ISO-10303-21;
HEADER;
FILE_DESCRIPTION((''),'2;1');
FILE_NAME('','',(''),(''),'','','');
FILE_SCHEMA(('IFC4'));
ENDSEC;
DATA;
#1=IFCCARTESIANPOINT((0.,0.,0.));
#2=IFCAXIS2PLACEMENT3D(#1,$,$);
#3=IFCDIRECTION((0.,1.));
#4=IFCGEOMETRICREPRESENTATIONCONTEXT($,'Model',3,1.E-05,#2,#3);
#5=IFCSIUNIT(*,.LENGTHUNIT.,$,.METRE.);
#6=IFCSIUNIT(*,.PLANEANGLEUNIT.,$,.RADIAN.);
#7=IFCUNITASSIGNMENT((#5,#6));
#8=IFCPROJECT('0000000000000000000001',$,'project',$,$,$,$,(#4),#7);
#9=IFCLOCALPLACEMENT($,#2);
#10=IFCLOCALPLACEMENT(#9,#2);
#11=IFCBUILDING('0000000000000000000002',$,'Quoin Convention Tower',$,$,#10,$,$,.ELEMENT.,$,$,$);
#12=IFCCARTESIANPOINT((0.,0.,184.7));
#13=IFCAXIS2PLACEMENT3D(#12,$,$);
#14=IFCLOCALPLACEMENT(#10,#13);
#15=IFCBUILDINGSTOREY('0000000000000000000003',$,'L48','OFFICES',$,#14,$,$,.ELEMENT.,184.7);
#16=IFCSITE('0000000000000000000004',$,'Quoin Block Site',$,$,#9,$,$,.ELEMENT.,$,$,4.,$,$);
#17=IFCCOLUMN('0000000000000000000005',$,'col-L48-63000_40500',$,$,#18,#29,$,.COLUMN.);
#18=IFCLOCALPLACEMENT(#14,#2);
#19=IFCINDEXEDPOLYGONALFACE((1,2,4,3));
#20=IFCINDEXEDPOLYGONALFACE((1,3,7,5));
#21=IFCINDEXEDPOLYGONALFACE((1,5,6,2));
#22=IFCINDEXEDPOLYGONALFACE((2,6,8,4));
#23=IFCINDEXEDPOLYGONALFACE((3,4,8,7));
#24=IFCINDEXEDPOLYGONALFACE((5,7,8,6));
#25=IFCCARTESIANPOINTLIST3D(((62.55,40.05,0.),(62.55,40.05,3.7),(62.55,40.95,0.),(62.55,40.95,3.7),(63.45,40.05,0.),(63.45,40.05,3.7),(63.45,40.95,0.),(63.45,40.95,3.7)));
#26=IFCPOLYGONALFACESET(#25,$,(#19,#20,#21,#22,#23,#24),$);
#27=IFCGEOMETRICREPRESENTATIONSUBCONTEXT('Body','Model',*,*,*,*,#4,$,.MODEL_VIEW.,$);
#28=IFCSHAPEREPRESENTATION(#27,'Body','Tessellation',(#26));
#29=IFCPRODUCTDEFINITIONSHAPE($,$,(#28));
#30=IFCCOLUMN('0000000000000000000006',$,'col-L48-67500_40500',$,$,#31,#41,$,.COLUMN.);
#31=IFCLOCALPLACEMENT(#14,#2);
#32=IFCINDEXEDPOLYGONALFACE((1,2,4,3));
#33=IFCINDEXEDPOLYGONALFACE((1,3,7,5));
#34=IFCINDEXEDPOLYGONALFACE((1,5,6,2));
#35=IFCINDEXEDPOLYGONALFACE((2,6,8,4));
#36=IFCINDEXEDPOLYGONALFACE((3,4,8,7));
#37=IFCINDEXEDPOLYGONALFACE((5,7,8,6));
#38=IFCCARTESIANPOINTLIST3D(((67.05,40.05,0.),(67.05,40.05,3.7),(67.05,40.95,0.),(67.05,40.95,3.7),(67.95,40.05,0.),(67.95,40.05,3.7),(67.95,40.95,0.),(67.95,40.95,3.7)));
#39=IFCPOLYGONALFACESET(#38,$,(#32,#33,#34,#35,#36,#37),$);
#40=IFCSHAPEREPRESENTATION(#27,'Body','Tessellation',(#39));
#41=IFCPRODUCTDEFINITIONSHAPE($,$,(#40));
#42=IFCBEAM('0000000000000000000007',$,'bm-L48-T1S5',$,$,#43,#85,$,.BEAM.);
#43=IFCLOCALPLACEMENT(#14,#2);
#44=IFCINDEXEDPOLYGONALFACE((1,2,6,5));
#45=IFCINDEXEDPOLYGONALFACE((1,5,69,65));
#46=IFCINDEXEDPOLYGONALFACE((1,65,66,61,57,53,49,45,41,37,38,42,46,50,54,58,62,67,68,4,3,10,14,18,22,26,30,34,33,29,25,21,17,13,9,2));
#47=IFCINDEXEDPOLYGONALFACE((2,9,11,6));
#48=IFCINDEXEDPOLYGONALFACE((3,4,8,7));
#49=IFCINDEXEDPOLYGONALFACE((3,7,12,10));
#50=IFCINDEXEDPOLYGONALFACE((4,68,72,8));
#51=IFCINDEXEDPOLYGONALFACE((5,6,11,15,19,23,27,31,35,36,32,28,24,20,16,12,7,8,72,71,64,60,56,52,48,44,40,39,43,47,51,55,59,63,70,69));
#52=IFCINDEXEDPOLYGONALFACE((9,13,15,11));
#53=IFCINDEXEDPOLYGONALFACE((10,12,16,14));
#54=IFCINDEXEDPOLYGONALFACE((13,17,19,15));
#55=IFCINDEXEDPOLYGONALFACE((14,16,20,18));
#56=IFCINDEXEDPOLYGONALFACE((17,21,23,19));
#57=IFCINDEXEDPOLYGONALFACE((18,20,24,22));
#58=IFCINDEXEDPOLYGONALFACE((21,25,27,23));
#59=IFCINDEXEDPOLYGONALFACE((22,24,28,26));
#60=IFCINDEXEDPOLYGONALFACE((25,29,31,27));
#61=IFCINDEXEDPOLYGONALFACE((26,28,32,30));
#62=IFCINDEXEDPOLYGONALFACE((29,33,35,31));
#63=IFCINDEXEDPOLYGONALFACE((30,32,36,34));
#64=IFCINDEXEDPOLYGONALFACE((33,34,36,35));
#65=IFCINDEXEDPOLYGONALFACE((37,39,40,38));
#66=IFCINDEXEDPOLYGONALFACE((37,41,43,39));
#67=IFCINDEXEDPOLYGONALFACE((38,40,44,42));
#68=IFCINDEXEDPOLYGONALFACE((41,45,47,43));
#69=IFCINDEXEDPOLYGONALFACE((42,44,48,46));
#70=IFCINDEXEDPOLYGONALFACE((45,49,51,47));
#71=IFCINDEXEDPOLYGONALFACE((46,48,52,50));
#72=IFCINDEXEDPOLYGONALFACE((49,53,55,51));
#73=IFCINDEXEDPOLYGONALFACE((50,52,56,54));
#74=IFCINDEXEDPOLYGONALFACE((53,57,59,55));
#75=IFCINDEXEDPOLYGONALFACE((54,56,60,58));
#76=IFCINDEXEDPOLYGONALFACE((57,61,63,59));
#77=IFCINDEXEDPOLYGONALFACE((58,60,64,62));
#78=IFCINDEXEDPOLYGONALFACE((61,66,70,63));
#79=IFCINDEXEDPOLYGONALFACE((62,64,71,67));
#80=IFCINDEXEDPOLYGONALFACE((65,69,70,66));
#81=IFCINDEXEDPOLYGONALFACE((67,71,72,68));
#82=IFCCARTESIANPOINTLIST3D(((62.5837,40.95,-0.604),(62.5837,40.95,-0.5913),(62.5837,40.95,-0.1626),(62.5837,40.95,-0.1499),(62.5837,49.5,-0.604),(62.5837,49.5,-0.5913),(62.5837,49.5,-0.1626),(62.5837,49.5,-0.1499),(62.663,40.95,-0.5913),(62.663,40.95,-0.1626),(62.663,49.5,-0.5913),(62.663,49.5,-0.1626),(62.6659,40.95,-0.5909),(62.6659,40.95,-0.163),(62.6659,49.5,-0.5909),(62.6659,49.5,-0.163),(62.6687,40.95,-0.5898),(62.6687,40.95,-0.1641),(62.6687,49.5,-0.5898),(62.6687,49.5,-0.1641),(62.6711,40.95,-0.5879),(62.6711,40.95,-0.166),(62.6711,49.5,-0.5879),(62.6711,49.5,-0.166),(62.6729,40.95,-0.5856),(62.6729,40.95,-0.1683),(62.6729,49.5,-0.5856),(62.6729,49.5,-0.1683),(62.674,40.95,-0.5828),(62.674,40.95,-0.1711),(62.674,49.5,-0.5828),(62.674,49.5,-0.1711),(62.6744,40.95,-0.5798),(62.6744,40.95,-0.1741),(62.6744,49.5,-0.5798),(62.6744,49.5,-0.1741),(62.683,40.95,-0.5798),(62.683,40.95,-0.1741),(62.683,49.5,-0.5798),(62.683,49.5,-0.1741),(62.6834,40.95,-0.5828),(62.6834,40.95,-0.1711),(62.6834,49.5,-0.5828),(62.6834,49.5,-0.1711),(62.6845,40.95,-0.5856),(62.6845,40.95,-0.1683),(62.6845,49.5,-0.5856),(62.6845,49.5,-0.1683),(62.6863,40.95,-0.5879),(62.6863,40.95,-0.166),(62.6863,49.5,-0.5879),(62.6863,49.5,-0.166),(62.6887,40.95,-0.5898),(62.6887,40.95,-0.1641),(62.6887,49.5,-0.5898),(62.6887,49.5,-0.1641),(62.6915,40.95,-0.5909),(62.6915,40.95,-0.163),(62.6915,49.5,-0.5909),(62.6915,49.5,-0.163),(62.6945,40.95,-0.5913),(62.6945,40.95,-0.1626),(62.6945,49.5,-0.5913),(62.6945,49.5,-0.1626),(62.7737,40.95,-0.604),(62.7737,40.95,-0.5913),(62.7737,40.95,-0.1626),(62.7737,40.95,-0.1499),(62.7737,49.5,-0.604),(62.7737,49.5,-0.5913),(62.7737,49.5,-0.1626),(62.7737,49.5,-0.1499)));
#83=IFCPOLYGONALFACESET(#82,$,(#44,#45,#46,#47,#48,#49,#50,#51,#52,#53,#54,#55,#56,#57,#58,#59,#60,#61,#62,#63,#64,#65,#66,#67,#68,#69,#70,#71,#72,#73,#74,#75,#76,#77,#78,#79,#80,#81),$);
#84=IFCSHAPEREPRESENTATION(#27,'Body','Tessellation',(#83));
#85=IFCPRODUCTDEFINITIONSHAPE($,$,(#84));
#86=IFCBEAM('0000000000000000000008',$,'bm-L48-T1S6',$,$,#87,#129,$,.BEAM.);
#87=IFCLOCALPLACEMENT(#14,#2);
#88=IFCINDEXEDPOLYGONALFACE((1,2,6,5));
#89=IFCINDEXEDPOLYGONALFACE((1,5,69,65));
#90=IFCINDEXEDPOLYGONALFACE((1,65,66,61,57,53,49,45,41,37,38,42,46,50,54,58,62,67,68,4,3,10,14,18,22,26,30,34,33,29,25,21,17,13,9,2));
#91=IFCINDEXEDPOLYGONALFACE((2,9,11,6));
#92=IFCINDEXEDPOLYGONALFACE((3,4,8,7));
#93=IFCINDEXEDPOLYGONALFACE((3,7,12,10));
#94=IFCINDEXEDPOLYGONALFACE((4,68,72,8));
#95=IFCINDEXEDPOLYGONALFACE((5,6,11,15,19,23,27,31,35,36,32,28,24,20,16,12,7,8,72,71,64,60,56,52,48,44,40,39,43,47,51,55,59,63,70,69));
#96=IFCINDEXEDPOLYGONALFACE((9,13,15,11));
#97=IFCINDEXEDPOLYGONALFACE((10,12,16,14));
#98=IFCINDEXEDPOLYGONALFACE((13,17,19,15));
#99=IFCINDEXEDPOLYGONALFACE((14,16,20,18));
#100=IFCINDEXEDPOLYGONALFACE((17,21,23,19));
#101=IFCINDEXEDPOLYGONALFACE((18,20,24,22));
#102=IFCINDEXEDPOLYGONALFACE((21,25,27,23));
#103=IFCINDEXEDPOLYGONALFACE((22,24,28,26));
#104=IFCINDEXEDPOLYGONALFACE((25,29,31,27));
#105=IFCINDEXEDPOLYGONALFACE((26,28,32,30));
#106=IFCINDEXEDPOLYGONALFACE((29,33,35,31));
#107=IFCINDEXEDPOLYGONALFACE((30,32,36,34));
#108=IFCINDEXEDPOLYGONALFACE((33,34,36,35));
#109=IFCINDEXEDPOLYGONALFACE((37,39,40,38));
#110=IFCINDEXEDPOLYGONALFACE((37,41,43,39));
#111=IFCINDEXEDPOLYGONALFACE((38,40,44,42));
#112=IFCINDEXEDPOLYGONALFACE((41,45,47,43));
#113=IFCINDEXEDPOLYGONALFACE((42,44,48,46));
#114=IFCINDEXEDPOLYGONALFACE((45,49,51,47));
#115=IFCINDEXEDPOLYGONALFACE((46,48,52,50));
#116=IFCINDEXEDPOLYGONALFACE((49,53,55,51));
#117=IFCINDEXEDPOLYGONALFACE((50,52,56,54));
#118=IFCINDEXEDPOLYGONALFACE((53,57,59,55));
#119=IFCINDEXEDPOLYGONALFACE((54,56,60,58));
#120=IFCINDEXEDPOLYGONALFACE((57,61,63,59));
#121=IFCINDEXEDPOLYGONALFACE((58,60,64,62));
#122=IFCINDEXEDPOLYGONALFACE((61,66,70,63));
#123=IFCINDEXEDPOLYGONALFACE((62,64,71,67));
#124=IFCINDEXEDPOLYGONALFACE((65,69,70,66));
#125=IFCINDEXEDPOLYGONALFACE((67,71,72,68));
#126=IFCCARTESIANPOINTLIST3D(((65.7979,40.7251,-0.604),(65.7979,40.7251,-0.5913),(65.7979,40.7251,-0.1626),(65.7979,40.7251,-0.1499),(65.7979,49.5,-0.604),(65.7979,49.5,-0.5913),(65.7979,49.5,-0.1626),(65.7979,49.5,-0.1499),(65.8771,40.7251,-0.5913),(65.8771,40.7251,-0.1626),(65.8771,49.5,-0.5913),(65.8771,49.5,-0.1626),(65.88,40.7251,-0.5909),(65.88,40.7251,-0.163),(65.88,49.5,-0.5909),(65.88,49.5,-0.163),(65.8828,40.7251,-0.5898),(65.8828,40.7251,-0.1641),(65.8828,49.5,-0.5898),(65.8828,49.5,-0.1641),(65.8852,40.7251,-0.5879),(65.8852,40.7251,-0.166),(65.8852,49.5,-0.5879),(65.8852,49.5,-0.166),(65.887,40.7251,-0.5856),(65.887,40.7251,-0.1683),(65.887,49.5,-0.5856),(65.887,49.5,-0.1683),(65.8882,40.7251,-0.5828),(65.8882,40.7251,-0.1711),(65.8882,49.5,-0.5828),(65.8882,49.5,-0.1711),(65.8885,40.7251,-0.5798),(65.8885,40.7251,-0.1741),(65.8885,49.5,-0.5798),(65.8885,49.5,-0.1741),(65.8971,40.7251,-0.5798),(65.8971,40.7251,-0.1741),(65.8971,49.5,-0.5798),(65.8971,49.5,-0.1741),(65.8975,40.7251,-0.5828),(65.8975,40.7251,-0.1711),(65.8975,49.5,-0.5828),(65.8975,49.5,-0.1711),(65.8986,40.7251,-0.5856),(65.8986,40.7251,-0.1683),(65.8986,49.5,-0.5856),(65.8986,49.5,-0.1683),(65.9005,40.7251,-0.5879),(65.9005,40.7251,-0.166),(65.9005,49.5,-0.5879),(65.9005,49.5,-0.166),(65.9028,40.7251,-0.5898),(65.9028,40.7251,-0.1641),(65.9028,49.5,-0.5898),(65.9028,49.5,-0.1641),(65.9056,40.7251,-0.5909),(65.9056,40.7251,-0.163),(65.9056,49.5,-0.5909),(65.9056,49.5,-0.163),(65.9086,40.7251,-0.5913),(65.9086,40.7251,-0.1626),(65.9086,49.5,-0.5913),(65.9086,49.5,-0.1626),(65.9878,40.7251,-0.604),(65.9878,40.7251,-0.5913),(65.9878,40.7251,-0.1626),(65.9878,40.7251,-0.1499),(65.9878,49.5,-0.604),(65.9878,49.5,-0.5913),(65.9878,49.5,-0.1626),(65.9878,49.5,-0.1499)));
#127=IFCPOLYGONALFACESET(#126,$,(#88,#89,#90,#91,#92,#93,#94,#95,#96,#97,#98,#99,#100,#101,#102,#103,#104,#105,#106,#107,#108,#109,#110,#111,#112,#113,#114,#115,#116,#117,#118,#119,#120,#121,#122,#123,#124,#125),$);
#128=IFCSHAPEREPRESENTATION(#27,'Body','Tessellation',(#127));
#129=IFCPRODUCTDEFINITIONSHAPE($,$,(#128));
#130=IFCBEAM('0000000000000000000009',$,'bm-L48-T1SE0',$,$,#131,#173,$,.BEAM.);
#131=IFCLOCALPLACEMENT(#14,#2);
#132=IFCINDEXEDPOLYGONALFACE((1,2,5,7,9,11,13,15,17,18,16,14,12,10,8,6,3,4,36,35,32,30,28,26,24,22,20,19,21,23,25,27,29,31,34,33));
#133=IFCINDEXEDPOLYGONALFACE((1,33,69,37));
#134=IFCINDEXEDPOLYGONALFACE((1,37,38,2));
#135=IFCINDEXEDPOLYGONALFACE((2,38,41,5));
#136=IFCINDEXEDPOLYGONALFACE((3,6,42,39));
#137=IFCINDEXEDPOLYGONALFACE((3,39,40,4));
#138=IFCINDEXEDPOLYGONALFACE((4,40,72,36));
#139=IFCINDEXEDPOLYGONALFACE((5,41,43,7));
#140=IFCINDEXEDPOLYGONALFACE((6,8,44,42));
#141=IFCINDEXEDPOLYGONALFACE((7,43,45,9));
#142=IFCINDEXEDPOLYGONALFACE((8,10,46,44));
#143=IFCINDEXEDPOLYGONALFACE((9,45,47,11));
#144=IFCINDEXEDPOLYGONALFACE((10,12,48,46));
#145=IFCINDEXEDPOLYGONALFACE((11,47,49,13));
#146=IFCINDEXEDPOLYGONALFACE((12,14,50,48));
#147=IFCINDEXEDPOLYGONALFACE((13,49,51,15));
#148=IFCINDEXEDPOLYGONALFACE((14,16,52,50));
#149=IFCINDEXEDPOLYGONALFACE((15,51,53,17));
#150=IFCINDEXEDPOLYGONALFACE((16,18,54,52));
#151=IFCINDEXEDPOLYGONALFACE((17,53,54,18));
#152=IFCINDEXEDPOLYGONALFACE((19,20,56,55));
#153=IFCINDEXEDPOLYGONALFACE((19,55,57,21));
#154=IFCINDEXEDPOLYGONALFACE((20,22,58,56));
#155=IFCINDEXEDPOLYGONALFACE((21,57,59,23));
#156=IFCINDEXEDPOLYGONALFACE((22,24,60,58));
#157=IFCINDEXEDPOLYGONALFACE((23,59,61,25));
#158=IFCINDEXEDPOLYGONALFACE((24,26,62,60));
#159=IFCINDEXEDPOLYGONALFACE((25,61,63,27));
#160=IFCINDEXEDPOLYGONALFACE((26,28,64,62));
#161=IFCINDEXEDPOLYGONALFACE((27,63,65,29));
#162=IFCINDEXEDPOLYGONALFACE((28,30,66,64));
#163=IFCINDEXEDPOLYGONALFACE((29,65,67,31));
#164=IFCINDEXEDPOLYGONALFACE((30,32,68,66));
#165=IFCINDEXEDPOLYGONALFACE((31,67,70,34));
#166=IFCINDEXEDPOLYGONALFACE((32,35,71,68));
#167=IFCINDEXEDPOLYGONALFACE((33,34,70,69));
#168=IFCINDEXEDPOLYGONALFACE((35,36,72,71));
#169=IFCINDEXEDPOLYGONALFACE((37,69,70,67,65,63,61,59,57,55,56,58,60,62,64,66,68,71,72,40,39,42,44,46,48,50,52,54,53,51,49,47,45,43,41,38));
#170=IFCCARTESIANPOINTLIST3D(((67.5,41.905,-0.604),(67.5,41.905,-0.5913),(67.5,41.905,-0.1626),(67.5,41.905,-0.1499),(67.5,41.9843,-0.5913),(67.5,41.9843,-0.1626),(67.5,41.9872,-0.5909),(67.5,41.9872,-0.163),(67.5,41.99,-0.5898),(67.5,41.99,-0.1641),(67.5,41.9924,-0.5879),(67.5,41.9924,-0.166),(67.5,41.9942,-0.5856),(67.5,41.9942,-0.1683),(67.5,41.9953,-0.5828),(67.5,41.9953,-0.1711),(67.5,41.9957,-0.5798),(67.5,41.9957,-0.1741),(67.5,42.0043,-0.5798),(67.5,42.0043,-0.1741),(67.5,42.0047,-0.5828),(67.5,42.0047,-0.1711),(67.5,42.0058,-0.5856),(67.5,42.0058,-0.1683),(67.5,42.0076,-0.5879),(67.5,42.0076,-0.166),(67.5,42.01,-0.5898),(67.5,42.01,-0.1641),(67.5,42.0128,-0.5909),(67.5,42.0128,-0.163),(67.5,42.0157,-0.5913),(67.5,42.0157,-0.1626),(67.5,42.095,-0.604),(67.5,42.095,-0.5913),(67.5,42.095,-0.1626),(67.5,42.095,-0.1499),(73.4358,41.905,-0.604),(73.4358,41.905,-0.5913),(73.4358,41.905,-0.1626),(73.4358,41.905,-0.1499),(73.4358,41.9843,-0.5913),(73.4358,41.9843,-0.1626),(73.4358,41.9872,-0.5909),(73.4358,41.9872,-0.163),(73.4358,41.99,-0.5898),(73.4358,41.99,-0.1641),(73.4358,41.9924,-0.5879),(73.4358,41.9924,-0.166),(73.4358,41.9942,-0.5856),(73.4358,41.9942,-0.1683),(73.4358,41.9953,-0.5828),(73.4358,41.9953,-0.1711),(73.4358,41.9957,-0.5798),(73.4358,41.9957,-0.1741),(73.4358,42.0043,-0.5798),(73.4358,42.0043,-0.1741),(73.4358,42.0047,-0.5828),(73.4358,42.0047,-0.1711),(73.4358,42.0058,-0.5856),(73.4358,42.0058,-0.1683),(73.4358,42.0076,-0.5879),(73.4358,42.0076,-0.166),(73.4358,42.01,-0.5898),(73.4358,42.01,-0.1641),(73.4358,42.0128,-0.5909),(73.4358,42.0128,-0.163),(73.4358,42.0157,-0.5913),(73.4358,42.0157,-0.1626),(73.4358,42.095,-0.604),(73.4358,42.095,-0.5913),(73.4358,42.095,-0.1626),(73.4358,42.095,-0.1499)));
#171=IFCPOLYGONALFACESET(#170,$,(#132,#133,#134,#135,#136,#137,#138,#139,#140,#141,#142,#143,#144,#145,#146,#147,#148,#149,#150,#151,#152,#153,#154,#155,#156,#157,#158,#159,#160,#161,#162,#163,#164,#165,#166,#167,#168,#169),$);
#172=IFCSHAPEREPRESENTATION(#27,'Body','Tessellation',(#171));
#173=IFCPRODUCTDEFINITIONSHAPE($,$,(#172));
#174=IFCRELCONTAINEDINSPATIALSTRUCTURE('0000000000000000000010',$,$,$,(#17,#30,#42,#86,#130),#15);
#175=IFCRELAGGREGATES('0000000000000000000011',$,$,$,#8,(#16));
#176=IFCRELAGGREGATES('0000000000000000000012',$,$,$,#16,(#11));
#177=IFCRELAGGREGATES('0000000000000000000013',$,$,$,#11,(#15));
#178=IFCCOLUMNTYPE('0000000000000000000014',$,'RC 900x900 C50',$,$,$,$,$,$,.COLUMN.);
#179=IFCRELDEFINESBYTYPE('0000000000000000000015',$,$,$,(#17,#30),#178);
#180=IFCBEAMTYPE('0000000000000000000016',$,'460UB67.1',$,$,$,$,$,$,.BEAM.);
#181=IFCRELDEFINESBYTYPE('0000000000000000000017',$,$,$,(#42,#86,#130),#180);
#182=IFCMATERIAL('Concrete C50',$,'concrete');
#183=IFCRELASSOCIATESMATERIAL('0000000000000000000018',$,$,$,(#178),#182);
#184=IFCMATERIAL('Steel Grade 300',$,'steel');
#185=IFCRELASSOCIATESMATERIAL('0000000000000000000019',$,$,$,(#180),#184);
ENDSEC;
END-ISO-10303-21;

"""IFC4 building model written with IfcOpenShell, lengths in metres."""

from ifc_helpers import new_model, si_unit, direction, frame, origin, origin_2d, place, context, subcontext, project, spatial, rectangle, i_section, extrude, material, material_profile, profile_set, type_object, element, save


model = new_model("IFC4")

# Units and contexts
model_context = context("Model", 3, precision=1e-05, world=origin(), true_north=direction((0.0, 1.0)))
body_context = subcontext(model_context, "Body", "Model", "MODEL_VIEW")
ifc_project = project(units=[si_unit("LENGTHUNIT", "METRE"), si_unit("PLANEANGLEUNIT", "RADIAN")], contexts=[model_context])

# Site, building, storey
site_placement = place(None, origin())
site = spatial("IfcSite", under=ifc_project, at=site_placement, Name="Quoin Block Site", CompositionType="ELEMENT", RefElevation=4.0)
building_placement = place(site_placement, origin())
building = spatial("IfcBuilding", under=site, at=building_placement, Name="Quoin Convention Tower", CompositionType="ELEMENT")
storey_placement = place(building_placement, frame((0.0, 0.0, 184.7)))
storey = spatial("IfcBuildingStorey", under=building, at=storey_placement, Name="L48", Description="OFFICES", CompositionType="ELEMENT", Elevation=184.7)

# Columns
ifc_material_1 = material(Name="Concrete C50", Category="concrete")
ifc_material_profile_1 = material_profile(ifc_material_1, rectangle(XDim=0.8999, YDim=0.8999, at=origin_2d()), Name="RC 900x900")
ifc_profile_set_1 = profile_set([ifc_material_profile_1], Name="Concrete C50")
column_type = type_object("IfcColumnType", Name="RC 900x900 C50", PredefinedType="COLUMN", material=ifc_profile_set_1)
for number, where, z_axis, x_axis, name in (
    (1, (63.0, 40.5, 0.0), (0.0, 0.0, 1.0), (1.0, 0.0, 0.0), "col-L48-63000_40500"),
    (2, (67.5, 40.5, 0.0), (0.0, 0.0, 1.0), (1.0, 0.0, 0.0), "col-L48-67500_40500"),
):
    element("IfcColumn", number, at=place(storey_placement, frame(where, z_axis=z_axis, x_axis=x_axis)), inside=storey, type_object=column_type, Name=name, PredefinedType="COLUMN", context=body_context, shape_type="SweptSolid", body=[
        extrude(rectangle(XDim=0.8999, YDim=0.8999, at=origin_2d()), origin(), (0.0, 0.0, 1.0), 3.7),
    ])

# Beams
ifc_material_2 = material(Name="Steel Grade 300", Category="steel")
ifc_material_profile_2 = material_profile(ifc_material_2, i_section(OverallWidth=0.1899, OverallDepth=0.4541, WebThickness=0.0085, FlangeThickness=0.0127, FilletRadius=0.0115, at=origin_2d()), Name="460UB67.1")
ifc_profile_set_2 = profile_set([ifc_material_profile_2], Name="Steel Grade 300")
beam_type_1 = type_object("IfcBeamType", Name="460UB67.1", PredefinedType="BEAM", material=ifc_profile_set_2)
beam_1_placement = place(storey_placement, frame((62.6787, 40.95, -0.377), z_axis=(0.0, 1.0, 0.0), x_axis=(-1.0, 0.0, 0.0)))
element("IfcBeam", 3, at=beam_1_placement, inside=storey, type_object=beam_type_1, Name="bm-L48-T1S5", PredefinedType="BEAM", context=body_context, shape_type="SweptSolid", body=[
    extrude(i_section(OverallWidth=0.1899, OverallDepth=0.4541, WebThickness=0.0085, FlangeThickness=0.0127, FilletRadius=0.0115, at=origin_2d()), origin(), (0.0, 0.0, 1.0), 8.55),
])
beam_2_placement = place(storey_placement, frame((65.8928, 40.7251, -0.377), z_axis=(0.0, 1.0, 0.0), x_axis=(-1.0, 0.0, 0.0)))
element("IfcBeam", 4, at=beam_2_placement, inside=storey, type_object=beam_type_1, Name="bm-L48-T1S6", PredefinedType="BEAM", context=body_context, shape_type="SweptSolid", body=[
    extrude(i_section(OverallWidth=0.1899, OverallDepth=0.4541, WebThickness=0.0085, FlangeThickness=0.0127, FilletRadius=0.0115, at=origin_2d()), origin(), (0.0, 0.0, 1.0), 8.7749),
])
beam_3_placement = place(storey_placement, frame((67.5, 42.0, -0.377), z_axis=(1.0, 0.0, 0.0), x_axis=(0.0, 1.0, 0.0)))
element("IfcBeam", 5, at=beam_3_placement, inside=storey, type_object=beam_type_1, Name="bm-L48-T1SE0", PredefinedType="BEAM", context=body_context, shape_type="SweptSolid", body=[
    extrude(i_section(OverallWidth=0.1899, OverallDepth=0.4541, WebThickness=0.0085, FlangeThickness=0.0127, FilletRadius=0.0115, at=origin_2d()), origin(), (0.0, 0.0, 1.0), 5.9358),
])

save(model, "model.ifc")
